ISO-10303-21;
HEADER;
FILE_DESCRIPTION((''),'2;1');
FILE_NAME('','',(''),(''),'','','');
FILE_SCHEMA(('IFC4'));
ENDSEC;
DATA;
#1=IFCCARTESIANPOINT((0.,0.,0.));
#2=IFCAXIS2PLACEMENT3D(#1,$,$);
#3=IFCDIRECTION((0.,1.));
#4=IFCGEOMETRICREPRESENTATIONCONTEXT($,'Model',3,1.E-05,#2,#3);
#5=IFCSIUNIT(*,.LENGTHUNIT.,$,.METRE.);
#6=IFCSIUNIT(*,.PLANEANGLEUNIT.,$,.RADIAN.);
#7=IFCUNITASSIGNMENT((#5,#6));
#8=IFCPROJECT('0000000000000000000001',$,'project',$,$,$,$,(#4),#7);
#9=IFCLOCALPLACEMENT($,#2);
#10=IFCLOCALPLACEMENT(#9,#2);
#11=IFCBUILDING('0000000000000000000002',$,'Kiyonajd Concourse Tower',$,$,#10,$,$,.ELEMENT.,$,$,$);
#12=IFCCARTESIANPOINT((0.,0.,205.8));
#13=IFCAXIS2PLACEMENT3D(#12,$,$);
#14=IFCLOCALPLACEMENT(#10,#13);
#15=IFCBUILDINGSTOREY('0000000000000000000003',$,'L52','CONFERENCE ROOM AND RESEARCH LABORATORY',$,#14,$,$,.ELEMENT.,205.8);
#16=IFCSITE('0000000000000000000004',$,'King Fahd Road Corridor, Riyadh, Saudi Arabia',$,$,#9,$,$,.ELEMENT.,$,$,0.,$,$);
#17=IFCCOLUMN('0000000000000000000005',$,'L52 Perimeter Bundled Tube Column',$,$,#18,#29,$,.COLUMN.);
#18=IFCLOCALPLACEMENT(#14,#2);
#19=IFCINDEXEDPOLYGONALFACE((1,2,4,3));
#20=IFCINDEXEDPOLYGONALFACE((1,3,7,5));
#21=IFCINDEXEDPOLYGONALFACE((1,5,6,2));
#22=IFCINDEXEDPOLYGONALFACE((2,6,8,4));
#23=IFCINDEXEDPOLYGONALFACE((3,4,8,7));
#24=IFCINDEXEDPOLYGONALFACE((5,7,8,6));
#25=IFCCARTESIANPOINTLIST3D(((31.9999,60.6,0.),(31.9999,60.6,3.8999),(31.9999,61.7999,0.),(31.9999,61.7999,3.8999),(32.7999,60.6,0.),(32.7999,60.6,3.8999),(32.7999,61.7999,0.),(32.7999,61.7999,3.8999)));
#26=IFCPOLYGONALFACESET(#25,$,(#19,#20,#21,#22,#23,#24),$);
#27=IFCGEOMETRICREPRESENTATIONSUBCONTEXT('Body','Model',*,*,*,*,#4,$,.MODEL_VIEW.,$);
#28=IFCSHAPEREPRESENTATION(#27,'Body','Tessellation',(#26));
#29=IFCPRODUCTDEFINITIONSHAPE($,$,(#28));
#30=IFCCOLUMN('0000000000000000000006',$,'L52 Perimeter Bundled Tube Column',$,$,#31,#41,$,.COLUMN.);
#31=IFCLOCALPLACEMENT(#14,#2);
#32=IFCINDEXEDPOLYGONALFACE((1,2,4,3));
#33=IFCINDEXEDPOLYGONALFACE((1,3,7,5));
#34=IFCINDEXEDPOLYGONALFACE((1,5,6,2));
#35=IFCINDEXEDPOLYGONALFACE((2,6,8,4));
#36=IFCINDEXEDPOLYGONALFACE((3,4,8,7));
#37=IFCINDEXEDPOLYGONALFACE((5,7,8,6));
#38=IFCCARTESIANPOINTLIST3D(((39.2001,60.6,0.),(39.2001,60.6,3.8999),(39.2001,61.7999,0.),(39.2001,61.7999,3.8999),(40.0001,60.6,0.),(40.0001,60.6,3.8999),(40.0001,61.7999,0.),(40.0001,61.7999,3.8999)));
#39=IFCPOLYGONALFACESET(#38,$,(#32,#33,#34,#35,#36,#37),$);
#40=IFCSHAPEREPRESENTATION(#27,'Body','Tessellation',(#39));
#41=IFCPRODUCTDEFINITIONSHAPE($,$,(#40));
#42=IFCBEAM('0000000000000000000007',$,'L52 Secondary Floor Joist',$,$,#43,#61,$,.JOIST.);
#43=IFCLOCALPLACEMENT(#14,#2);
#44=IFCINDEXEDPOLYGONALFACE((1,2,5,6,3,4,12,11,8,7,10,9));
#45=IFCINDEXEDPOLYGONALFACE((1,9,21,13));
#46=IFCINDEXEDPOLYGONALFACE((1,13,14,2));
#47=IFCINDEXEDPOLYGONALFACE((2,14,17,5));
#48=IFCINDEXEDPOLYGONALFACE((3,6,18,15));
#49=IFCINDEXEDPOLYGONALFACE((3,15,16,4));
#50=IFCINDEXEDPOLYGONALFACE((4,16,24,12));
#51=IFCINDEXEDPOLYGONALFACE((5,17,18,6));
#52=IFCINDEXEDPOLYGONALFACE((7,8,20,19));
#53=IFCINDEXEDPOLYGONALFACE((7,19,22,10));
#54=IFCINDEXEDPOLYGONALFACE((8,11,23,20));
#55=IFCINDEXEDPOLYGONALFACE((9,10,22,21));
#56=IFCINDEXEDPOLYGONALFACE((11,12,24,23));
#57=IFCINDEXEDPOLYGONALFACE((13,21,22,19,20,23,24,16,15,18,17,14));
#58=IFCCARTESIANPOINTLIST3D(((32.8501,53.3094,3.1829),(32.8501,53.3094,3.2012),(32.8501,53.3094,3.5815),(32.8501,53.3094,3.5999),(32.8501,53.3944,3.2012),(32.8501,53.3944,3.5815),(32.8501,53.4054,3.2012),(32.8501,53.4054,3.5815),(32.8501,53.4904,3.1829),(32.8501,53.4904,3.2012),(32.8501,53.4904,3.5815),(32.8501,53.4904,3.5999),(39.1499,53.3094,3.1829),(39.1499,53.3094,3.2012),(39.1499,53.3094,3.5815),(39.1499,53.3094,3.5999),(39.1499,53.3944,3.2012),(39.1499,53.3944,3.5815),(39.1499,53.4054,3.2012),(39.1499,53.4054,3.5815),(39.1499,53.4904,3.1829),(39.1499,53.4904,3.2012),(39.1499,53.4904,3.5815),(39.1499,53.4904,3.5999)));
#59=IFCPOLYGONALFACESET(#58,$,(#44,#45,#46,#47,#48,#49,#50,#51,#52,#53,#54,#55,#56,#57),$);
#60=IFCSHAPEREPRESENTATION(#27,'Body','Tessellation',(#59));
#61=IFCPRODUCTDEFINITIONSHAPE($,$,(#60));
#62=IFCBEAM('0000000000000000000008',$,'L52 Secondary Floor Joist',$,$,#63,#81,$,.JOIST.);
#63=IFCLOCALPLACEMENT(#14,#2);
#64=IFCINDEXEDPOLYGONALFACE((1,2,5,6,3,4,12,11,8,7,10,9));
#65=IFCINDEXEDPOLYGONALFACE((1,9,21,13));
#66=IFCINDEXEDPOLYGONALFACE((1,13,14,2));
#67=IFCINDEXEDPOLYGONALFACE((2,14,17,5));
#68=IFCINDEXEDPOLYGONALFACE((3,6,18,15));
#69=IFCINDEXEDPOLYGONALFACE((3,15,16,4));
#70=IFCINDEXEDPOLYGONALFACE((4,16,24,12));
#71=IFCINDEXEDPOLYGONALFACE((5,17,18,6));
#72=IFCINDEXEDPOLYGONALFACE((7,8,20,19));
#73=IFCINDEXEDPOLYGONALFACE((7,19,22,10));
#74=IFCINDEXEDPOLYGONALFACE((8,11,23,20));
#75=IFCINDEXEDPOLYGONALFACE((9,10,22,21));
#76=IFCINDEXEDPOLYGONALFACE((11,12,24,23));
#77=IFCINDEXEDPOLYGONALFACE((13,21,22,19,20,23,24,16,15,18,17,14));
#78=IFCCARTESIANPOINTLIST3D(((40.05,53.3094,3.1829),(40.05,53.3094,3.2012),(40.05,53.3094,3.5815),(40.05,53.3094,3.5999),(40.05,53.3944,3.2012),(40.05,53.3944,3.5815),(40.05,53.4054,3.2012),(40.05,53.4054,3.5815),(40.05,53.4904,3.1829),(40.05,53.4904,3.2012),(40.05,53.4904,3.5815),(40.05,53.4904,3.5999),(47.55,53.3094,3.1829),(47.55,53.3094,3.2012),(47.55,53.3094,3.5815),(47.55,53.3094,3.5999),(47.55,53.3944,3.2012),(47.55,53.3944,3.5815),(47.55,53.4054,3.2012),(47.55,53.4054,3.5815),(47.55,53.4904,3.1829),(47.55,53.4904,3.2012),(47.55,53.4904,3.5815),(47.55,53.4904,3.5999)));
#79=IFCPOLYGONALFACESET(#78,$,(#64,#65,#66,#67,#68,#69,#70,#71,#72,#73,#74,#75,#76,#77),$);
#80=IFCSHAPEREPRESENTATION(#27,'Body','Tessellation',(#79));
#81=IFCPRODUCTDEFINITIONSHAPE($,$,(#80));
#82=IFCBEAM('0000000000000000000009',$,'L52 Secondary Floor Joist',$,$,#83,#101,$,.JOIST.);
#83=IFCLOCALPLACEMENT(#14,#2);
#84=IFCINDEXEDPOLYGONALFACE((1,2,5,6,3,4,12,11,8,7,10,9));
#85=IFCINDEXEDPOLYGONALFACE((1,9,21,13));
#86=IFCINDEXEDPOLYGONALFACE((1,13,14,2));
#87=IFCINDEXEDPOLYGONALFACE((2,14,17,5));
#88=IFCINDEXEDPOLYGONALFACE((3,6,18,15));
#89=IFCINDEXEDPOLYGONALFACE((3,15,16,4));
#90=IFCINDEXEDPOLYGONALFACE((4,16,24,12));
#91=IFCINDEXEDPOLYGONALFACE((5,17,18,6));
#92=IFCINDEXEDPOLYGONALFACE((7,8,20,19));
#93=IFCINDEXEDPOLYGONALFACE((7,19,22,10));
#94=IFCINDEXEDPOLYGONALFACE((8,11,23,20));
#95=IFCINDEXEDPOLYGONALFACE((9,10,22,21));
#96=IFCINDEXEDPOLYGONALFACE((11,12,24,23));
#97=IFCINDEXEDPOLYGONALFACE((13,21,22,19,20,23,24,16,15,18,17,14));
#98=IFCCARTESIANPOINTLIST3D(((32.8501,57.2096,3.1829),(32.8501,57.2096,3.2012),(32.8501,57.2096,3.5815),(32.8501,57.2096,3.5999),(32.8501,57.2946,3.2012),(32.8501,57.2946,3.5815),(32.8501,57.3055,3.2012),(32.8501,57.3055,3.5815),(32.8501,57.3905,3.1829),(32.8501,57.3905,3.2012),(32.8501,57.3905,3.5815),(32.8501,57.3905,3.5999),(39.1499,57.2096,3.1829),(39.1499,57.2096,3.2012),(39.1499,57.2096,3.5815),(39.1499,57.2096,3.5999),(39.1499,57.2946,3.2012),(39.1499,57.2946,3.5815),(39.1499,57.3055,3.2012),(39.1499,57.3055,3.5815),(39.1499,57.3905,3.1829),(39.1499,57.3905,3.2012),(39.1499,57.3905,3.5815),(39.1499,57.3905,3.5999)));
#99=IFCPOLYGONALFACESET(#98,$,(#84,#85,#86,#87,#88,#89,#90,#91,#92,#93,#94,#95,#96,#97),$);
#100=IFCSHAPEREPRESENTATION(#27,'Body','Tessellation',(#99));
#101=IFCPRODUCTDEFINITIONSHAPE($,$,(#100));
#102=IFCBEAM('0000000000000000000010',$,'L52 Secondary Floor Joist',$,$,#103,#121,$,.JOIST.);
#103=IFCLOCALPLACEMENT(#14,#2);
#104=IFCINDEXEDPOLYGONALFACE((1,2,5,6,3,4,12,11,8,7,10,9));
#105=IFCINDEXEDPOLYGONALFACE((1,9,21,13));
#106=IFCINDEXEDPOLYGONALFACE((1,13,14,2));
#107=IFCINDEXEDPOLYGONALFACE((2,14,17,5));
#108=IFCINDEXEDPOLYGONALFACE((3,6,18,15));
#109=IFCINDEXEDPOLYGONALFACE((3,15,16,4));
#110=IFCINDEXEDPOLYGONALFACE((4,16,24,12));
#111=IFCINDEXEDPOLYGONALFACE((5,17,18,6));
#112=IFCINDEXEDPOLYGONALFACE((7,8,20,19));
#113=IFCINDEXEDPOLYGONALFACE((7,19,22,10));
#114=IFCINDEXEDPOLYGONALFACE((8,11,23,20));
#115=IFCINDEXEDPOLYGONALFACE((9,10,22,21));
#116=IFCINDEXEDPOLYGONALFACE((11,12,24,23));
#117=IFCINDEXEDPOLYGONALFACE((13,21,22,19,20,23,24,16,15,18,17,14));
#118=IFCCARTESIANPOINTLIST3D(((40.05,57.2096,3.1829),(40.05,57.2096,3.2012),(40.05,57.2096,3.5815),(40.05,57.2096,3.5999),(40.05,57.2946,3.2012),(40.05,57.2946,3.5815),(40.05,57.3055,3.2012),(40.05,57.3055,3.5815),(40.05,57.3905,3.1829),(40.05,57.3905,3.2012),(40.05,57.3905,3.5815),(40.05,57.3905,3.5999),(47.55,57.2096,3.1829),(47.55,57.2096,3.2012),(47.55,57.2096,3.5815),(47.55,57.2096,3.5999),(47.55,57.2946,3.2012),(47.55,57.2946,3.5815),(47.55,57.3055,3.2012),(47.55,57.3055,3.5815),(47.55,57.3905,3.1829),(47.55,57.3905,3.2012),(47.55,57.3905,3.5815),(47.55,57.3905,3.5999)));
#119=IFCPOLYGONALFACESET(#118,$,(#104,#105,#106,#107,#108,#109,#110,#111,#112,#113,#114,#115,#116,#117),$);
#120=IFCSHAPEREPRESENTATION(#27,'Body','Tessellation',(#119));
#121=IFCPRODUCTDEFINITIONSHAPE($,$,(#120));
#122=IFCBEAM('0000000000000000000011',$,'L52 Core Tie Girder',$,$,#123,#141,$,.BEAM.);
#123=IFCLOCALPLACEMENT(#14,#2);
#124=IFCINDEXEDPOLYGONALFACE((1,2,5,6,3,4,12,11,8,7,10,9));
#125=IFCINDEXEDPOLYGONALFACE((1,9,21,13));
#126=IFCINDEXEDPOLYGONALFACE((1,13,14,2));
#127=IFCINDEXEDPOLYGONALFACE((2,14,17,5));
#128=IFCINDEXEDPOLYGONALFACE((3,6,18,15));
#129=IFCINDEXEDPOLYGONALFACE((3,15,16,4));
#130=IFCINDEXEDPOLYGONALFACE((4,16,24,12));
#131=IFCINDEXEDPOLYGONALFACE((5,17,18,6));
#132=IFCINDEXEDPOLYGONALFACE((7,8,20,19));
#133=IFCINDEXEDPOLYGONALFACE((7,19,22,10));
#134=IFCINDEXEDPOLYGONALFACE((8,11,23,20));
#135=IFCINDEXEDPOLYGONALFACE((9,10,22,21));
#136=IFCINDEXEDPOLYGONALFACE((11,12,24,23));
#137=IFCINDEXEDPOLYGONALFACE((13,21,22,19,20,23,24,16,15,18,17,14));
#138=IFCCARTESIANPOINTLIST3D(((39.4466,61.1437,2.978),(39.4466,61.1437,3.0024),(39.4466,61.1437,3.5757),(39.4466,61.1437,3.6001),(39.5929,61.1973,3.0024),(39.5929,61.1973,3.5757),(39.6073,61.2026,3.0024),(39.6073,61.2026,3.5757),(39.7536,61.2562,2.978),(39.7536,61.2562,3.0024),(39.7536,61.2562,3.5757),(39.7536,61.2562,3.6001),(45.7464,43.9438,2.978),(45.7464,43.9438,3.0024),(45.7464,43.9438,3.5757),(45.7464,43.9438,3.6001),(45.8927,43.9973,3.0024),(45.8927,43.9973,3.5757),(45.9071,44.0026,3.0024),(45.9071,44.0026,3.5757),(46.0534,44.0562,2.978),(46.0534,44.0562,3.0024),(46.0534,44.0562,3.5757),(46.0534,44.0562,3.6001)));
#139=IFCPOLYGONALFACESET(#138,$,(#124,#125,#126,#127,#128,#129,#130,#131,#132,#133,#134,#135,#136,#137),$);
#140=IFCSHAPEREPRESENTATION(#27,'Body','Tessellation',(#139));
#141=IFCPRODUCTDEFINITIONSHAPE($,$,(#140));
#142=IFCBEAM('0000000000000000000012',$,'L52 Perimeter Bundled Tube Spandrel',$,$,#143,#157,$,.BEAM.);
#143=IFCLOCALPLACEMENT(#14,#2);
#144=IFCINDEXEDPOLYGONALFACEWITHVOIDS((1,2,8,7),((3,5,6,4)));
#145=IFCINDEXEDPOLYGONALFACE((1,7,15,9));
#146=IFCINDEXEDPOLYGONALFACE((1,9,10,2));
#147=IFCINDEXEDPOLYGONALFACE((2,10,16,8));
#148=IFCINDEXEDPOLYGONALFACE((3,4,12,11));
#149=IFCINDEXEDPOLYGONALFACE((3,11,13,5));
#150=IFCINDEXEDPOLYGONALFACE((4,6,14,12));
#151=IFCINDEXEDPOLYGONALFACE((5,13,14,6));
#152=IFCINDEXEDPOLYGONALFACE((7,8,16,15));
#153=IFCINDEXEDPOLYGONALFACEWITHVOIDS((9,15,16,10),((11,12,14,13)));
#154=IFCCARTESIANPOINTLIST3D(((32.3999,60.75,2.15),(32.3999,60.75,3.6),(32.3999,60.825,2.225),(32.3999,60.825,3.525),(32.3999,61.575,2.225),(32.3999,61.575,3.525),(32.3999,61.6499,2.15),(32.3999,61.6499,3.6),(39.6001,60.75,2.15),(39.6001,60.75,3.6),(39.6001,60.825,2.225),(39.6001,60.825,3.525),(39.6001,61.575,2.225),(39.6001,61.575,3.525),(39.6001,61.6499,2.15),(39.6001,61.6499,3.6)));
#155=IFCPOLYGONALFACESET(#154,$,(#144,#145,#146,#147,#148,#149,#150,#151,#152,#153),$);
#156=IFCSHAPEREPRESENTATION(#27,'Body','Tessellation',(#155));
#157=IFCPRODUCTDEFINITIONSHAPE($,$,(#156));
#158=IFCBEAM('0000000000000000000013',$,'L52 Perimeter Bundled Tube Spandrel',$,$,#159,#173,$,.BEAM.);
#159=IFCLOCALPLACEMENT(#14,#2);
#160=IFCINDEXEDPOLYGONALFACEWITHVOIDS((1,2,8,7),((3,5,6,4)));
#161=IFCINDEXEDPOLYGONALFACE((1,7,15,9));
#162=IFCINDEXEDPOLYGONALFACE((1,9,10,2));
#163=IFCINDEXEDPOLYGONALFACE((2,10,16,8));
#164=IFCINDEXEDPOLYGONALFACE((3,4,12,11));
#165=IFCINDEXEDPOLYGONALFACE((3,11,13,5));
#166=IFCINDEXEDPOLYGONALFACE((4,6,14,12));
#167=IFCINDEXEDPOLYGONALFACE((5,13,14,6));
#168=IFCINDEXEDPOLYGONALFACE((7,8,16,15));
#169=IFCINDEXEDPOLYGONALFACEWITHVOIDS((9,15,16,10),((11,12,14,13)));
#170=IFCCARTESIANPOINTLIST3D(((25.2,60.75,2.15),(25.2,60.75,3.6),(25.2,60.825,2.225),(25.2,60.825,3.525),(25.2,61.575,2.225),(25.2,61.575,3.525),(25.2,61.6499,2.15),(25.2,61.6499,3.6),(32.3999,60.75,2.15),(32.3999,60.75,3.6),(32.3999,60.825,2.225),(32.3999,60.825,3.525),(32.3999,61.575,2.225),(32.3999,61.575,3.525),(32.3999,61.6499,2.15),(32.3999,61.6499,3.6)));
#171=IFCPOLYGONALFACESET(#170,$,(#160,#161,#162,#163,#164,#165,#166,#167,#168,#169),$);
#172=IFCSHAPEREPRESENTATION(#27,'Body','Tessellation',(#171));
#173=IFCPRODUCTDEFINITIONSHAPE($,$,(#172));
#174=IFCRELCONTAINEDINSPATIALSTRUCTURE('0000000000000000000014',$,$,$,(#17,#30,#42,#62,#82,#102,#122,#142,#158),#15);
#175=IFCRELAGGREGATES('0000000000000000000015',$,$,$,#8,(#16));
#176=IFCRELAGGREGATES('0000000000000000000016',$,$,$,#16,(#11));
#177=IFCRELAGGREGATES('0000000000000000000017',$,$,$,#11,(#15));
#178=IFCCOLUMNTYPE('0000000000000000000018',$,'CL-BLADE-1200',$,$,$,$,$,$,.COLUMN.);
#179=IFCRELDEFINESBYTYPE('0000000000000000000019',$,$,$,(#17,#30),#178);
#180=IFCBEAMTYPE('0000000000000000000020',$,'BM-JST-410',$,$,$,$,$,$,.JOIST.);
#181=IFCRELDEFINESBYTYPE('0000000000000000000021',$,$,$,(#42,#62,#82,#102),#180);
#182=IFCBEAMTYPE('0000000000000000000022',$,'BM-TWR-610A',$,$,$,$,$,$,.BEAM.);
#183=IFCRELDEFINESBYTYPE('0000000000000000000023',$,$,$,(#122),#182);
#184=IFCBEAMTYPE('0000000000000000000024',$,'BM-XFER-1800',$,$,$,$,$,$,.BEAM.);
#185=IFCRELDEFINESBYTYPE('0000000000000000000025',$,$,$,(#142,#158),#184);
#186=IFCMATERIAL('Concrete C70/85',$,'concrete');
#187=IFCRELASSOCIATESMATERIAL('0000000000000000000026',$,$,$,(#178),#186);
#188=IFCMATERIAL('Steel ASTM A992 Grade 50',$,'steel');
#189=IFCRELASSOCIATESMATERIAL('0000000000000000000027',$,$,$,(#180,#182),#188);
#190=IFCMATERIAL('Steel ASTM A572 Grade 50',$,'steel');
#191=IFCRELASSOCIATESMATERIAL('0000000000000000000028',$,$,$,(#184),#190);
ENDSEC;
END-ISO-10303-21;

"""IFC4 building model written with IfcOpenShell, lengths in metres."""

from ifc_helpers import new_model, si_unit, direction, frame, origin, origin_2d, place, context, subcontext, project, spatial, rectangle, hollow_rectangle, i_section, extrude, material, material_profile, profile_set, type_object, element, save


model = new_model("IFC4")

# Units and contexts
model_context = context("Model", 3, precision=1e-05, world=origin(), true_north=direction((0.0, 1.0)))
body_context = subcontext(model_context, "Body", "Model", "MODEL_VIEW")
ifc_project = project(units=[si_unit("LENGTHUNIT", "METRE"), si_unit("PLANEANGLEUNIT", "RADIAN")], contexts=[model_context])

# Site, building, storey
site_placement = place(None, origin())
site = spatial("IfcSite", under=ifc_project, at=site_placement, Name="King Fahd Road Corridor, Riyadh, Saudi Arabia", CompositionType="ELEMENT", RefElevation=0.0)
building_placement = place(site_placement, origin())
building = spatial("IfcBuilding", under=site, at=building_placement, Name="Kiyonajd Concourse Tower", CompositionType="ELEMENT")
storey_placement = place(building_placement, frame((0.0, 0.0, 205.8)))
storey = spatial("IfcBuildingStorey", under=building, at=storey_placement, Name="L52", Description="CONFERENCE ROOM AND RESEARCH LABORATORY", CompositionType="ELEMENT", Elevation=205.8)

# Columns
ifc_material_1 = material(Name="Concrete C70/85", Category="concrete")
ifc_material_profile_1 = material_profile(ifc_material_1, rectangle(XDim=0.8, YDim=1.2, at=origin_2d()), Name="RC-1200x800")
ifc_profile_set_1 = profile_set([ifc_material_profile_1], Name="Concrete C70/85")
column_type = type_object("IfcColumnType", Name="CL-BLADE-1200", PredefinedType="COLUMN", material=ifc_profile_set_1)
for number, where, z_axis, x_axis, name in (
    (1, (32.3999, 61.2, 0.0), (0.0, 0.0, 1.0), (1.0, 0.0, 0.0), "L52 Perimeter Bundled Tube Column"),
    (2, (39.6001, 61.2, 0.0), (0.0, 0.0, 1.0), (1.0, 0.0, 0.0), "L52 Perimeter Bundled Tube Column"),
):
    element("IfcColumn", number, at=place(storey_placement, frame(where, z_axis=z_axis, x_axis=x_axis)), inside=storey, type_object=column_type, Name=name, PredefinedType="COLUMN", context=body_context, shape_type="SweptSolid", body=[
        extrude(rectangle(XDim=0.8, YDim=1.2, at=origin_2d()), origin(), (0.0, 0.0, 1.0), 3.8999),
    ])

# Beams
ifc_material_2 = material(Name="Steel ASTM A992 Grade 50", Category="steel")
ifc_material_profile_2 = material_profile(ifc_material_2, i_section(OverallWidth=0.1809, OverallDepth=0.417, WebThickness=0.011, FlangeThickness=0.0183, at=origin_2d()), Name="W410X85")
ifc_profile_set_2 = profile_set([ifc_material_profile_2], Name="Steel ASTM A992 Grade 50")
beam_type_1 = type_object("IfcBeamType", Name="BM-JST-410", PredefinedType="JOIST", material=ifc_profile_set_2)
beam_1_placement = place(storey_placement, frame((32.8501, 53.3999, 3.3914), z_axis=(1.0, 0.0, 0.0), x_axis=(0.0, 1.0, 0.0)))
element("IfcBeam", 3, at=beam_1_placement, inside=storey, type_object=beam_type_1, Name="L52 Secondary Floor Joist", PredefinedType="JOIST", context=body_context, shape_type="SweptSolid", body=[
    extrude(i_section(OverallWidth=0.1809, OverallDepth=0.417, WebThickness=0.011, FlangeThickness=0.0183, at=origin_2d()), origin(), (0.0, 0.0, 1.0), 6.2998),
])
beam_2_placement = place(storey_placement, frame((40.05, 53.3999, 3.3914), z_axis=(1.0, 0.0, 0.0), x_axis=(0.0, 1.0, 0.0)))
element("IfcBeam", 4, at=beam_2_placement, inside=storey, type_object=beam_type_1, Name="L52 Secondary Floor Joist", PredefinedType="JOIST", context=body_context, shape_type="SweptSolid", body=[
    extrude(i_section(OverallWidth=0.1809, OverallDepth=0.417, WebThickness=0.011, FlangeThickness=0.0183, at=origin_2d()), origin(), (0.0, 0.0, 1.0), 7.5),
])
beam_3_placement = place(storey_placement, frame((32.8501, 57.3, 3.3914), z_axis=(1.0, 0.0, 0.0), x_axis=(0.0, 1.0, 0.0)))
element("IfcBeam", 5, at=beam_3_placement, inside=storey, type_object=beam_type_1, Name="L52 Secondary Floor Joist", PredefinedType="JOIST", context=body_context, shape_type="SweptSolid", body=[
    extrude(i_section(OverallWidth=0.1809, OverallDepth=0.417, WebThickness=0.011, FlangeThickness=0.0183, at=origin_2d()), origin(), (0.0, 0.0, 1.0), 6.2998),
])
beam_4_placement = place(storey_placement, frame((40.05, 57.3, 3.3914), z_axis=(1.0, 0.0, 0.0), x_axis=(0.0, 1.0, 0.0)))
element("IfcBeam", 6, at=beam_4_placement, inside=storey, type_object=beam_type_1, Name="L52 Secondary Floor Joist", PredefinedType="JOIST", context=body_context, shape_type="SweptSolid", body=[
    extrude(i_section(OverallWidth=0.1809, OverallDepth=0.417, WebThickness=0.011, FlangeThickness=0.0183, at=origin_2d()), origin(), (0.0, 0.0, 1.0), 7.5),
])
ifc_material_profile_3 = material_profile(ifc_material_2, i_section(OverallWidth=0.3269, OverallDepth=0.6221, WebThickness=0.0154, FlangeThickness=0.0244, at=origin_2d()), Name="W610X195")
ifc_profile_set_3 = profile_set([ifc_material_profile_3], Name="Steel ASTM A992 Grade 50")
beam_type_2 = type_object("IfcBeamType", Name="BM-TWR-610A", PredefinedType="BEAM", material=ifc_profile_set_3)
beam_5_placement = place(storey_placement, frame((39.6001, 61.2, 3.2891), z_axis=(0.343925, -0.938997, 0.0), x_axis=(0.938997, 0.343925, 0.0)))
element("IfcBeam", 7, at=beam_5_placement, inside=storey, type_object=beam_type_2, Name="L52 Core Tie Girder", PredefinedType="BEAM", context=body_context, shape_type="SweptSolid", body=[
    extrude(i_section(OverallWidth=0.3269, OverallDepth=0.6221, WebThickness=0.0154, FlangeThickness=0.0244, at=origin_2d()), origin(), (0.0, 0.0, 1.0), 18.3174),
])
ifc_material_3 = material(Name="Steel ASTM A572 Grade 50", Category="steel")
ifc_material_profile_4 = material_profile(ifc_material_3, hollow_rectangle(XDim=0.8999, YDim=1.45, WallThickness=0.075, at=origin_2d()), Name="BOX-1450x900x75")
ifc_profile_set_4 = profile_set([ifc_material_profile_4], Name="Steel ASTM A572 Grade 50")
beam_type_3 = type_object("IfcBeamType", Name="BM-XFER-1800", PredefinedType="BEAM", material=ifc_profile_set_4)
beam_6_placement = place(storey_placement, frame((39.6001, 61.2, 2.875), z_axis=(-1.0, 0.0, 0.0), x_axis=(0.0, -1.0, 0.0)))
element("IfcBeam", 8, at=beam_6_placement, inside=storey, type_object=beam_type_3, Name="L52 Perimeter Bundled Tube Spandrel", PredefinedType="BEAM", context=body_context, shape_type="SweptSolid", body=[
    extrude(hollow_rectangle(XDim=0.8999, YDim=1.45, WallThickness=0.075, at=origin_2d()), origin(), (0.0, 0.0, 1.0), 7.2002),
])
beam_7_placement = place(storey_placement, frame((32.3999, 61.2, 2.875), z_axis=(-1.0, 0.0, 0.0), x_axis=(0.0, -1.0, 0.0)))
element("IfcBeam", 9, at=beam_7_placement, inside=storey, type_object=beam_type_3, Name="L52 Perimeter Bundled Tube Spandrel", PredefinedType="BEAM", context=body_context, shape_type="SweptSolid", body=[
    extrude(hollow_rectangle(XDim=0.8999, YDim=1.45, WallThickness=0.075, at=origin_2d()), origin(), (0.0, 0.0, 1.0), 7.2),
])

save(model, "model.ifc")
